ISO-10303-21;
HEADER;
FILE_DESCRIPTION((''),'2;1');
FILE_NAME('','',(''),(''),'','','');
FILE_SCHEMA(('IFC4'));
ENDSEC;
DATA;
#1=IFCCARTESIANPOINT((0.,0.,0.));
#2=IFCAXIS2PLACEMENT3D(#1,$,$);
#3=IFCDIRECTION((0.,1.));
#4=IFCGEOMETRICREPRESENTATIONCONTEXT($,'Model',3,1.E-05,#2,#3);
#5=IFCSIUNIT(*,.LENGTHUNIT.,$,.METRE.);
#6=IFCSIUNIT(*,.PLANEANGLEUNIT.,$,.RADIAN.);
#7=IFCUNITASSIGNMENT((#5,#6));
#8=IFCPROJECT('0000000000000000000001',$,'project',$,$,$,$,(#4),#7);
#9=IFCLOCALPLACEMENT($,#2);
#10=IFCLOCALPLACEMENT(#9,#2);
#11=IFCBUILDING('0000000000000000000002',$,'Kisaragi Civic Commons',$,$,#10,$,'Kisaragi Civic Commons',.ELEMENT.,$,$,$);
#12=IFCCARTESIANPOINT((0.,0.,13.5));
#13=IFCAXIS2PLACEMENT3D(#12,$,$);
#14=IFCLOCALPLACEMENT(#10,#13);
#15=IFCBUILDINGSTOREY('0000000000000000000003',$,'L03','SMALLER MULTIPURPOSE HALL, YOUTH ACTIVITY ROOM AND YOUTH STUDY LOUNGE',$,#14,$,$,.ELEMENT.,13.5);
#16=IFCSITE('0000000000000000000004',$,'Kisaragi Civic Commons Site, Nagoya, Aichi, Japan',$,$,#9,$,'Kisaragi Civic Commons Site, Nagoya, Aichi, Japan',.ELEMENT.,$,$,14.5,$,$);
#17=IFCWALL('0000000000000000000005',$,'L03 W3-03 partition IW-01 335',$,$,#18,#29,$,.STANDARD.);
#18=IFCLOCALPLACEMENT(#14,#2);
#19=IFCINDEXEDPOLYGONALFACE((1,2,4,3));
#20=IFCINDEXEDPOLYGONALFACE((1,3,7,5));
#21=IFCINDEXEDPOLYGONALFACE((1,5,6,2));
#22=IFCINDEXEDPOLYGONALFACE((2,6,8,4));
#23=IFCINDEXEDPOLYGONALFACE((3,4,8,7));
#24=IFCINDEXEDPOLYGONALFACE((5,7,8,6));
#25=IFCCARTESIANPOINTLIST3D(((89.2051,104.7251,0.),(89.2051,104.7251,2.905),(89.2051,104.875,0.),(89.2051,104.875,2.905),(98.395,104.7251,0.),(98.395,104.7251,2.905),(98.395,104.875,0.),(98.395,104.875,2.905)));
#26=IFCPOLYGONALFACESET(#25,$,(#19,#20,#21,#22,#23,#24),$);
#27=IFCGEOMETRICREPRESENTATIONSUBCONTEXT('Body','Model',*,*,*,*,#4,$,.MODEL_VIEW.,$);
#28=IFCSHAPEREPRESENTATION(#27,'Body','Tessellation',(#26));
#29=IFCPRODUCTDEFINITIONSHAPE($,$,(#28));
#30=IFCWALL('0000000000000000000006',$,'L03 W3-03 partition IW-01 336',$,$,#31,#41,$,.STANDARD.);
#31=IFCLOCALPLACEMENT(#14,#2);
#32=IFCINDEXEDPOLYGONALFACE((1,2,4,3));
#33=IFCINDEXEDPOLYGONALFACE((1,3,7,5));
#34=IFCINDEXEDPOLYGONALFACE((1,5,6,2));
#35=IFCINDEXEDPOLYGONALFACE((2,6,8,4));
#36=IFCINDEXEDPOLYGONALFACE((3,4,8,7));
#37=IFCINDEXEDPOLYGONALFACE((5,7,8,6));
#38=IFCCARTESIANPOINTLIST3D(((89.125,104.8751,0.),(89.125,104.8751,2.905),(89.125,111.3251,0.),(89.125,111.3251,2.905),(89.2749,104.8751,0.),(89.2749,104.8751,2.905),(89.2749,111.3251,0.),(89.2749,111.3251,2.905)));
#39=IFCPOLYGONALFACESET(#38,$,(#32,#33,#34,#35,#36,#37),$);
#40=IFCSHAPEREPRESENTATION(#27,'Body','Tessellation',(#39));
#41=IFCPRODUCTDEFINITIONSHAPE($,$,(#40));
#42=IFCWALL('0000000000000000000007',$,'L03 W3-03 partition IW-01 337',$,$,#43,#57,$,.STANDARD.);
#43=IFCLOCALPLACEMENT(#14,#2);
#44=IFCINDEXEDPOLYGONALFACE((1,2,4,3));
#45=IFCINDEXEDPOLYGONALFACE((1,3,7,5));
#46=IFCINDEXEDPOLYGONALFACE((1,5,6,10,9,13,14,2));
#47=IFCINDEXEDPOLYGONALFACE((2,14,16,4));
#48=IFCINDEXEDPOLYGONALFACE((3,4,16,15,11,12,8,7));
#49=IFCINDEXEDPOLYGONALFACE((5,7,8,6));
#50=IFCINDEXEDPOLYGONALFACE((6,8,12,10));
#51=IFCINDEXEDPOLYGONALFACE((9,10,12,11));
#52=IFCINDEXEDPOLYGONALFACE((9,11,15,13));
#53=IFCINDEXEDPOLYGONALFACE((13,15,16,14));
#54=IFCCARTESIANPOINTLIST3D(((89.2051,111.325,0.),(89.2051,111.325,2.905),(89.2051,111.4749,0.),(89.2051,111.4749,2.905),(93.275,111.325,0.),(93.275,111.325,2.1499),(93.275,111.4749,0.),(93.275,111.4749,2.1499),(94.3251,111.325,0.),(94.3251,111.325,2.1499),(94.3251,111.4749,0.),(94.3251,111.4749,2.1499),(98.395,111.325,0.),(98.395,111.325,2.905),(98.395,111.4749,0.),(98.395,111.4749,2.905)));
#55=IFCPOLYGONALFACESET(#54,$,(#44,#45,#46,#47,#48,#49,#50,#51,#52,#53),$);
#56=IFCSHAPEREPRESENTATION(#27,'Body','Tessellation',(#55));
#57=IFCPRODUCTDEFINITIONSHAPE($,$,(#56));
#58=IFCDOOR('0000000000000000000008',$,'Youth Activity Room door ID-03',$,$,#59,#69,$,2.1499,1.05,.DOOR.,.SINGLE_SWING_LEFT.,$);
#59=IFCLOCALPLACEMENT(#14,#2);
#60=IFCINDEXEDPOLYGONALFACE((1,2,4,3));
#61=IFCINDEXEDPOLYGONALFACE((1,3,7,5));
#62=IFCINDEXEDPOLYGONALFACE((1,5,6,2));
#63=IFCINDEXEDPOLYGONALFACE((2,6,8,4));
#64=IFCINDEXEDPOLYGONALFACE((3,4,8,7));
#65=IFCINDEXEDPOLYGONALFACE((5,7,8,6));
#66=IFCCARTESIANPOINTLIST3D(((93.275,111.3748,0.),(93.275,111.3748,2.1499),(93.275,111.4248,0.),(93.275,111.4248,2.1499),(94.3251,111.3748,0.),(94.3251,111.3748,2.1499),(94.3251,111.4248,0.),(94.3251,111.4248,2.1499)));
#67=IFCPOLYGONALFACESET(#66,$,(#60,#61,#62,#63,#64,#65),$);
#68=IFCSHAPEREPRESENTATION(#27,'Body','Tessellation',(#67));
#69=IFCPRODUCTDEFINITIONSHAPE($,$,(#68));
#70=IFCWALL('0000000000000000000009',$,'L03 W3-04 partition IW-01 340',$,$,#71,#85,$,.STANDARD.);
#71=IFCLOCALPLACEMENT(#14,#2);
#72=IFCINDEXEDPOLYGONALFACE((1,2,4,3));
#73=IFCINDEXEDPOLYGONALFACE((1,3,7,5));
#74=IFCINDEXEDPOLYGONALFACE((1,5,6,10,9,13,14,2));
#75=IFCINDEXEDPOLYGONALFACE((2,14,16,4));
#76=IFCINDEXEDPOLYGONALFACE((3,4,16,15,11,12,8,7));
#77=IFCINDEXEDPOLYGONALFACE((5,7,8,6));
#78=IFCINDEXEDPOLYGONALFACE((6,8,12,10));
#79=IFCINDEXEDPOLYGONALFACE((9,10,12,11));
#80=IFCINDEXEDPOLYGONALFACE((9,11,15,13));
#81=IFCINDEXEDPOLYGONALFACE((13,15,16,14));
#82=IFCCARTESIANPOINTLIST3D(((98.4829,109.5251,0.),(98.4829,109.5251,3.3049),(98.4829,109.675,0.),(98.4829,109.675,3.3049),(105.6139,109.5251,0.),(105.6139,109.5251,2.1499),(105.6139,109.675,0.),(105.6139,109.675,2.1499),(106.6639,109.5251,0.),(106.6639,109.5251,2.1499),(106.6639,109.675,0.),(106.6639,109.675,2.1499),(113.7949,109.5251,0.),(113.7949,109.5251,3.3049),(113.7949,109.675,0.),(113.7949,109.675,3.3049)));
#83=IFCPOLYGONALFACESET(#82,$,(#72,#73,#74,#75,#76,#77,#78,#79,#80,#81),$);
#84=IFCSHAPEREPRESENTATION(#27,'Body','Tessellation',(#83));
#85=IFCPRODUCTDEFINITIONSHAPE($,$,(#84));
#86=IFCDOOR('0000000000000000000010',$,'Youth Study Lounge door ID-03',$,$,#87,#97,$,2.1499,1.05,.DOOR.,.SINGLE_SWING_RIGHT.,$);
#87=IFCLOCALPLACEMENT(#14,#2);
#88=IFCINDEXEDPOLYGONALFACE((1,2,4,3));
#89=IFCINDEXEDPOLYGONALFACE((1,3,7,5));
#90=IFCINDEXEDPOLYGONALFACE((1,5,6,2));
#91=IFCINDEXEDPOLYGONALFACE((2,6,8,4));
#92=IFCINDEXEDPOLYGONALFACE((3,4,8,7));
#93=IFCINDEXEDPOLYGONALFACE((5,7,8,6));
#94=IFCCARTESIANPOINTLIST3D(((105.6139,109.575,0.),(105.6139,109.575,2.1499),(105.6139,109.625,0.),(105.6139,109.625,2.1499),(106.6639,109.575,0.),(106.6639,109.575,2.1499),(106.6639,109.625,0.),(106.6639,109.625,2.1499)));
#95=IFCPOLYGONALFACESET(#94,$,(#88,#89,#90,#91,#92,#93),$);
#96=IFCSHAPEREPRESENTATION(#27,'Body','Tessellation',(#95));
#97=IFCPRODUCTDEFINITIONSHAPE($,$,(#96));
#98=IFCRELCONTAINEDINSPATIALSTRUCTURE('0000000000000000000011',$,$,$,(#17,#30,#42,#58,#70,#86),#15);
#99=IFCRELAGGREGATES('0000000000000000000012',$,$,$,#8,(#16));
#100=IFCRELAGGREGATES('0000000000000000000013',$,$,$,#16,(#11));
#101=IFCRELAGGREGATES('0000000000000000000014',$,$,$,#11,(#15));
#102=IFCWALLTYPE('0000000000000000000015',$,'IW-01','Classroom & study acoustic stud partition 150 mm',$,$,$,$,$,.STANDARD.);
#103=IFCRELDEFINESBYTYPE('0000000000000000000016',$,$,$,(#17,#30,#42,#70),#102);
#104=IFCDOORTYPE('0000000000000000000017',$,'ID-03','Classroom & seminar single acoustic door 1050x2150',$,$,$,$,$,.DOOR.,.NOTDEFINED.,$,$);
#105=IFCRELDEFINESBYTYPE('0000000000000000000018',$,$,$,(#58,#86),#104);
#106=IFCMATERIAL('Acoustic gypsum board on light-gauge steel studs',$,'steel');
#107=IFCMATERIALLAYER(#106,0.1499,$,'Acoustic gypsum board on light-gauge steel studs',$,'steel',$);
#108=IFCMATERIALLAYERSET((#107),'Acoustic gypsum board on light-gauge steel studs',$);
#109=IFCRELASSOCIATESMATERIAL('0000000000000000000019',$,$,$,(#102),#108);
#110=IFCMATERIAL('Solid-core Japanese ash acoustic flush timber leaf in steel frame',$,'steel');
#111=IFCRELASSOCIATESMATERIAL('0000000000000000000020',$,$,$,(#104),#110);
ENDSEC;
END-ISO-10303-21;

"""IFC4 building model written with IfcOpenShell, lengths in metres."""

from ifc_helpers import new_model, si_unit, direction, frame, frame_2d, origin, place, context, subcontext, project, spatial, rectangle, extrude, material, layer, layer_set, type_object, element, fill, save


model = new_model("IFC4")

# Units and contexts
model_context = context("Model", 3, precision=1e-05, world=origin(), true_north=direction((0.0, 1.0)))
body_context = subcontext(model_context, "Body", "Model", "MODEL_VIEW")
ifc_project = project(units=[si_unit("LENGTHUNIT", "METRE"), si_unit("PLANEANGLEUNIT", "RADIAN")], contexts=[model_context])

# Site, building, storey
site_placement = place(None, origin())
site = spatial("IfcSite", under=ifc_project, at=site_placement, Name="Kisaragi Civic Commons Site, Nagoya, Aichi, Japan", LongName="Kisaragi Civic Commons Site, Nagoya, Aichi, Japan", CompositionType="ELEMENT", RefElevation=14.5)
building_placement = place(site_placement, origin())
building = spatial("IfcBuilding", under=site, at=building_placement, Name="Kisaragi Civic Commons", LongName="Kisaragi Civic Commons", CompositionType="ELEMENT")
storey_placement = place(building_placement, frame((0.0, 0.0, 13.5)))
storey = spatial("IfcBuildingStorey", under=building, at=storey_placement, Name="L03", Description="SMALLER MULTIPURPOSE HALL, YOUTH ACTIVITY ROOM AND YOUTH STUDY LOUNGE", CompositionType="ELEMENT", Elevation=13.5)

# Walls
ifc_material_1 = material(Name="Acoustic gypsum board on light-gauge steel studs", Category="steel")
ifc_layer_1 = layer(ifc_material_1, 0.1499, Name="Acoustic gypsum board on light-gauge steel studs", Category="steel")
ifc_layer_set_1 = layer_set([ifc_layer_1], Name="Acoustic gypsum board on light-gauge steel studs")
wall_type_1 = type_object("IfcWallType", Name="IW-01", Description="Classroom & study acoustic stud partition 150 mm", PredefinedType="STANDARD", material=ifc_layer_set_1)
wall_1_placement = place(storey_placement, frame((98.395, 104.8, 0.0), z_axis=(0.0, 0.0, 1.0), x_axis=(-1.0, 0.0, 0.0)))
element("IfcWall", 1, at=wall_1_placement, inside=storey, type_object=wall_type_1, Name="L03 W3-03 partition IW-01 335", PredefinedType="STANDARD", context=body_context, shape_type="SweptSolid", body=[
    extrude(rectangle(XDim=9.1899, YDim=0.1499, at=frame_2d((4.595, 0.0))), origin(), (0.0, 0.0, 1.0), 2.905),
])
wall_2_placement = place(storey_placement, frame((89.2, 104.875, 0.0), z_axis=(0.0, 0.0, 1.0), x_axis=(0.0, 1.0, 0.0)))
element("IfcWall", 2, at=wall_2_placement, inside=storey, type_object=wall_type_1, Name="L03 W3-03 partition IW-01 336", PredefinedType="STANDARD", context=body_context, shape_type="SweptSolid", body=[
    extrude(rectangle(XDim=6.45, YDim=0.1499, at=frame_2d((3.2251, 0.0))), origin(), (0.0, 0.0, 1.0), 2.905),
])

# Walls, openings, doors
wall_3_placement = place(storey_placement, frame((89.2051, 111.3999, 0.0), z_axis=(0.0, 0.0, 1.0), x_axis=(1.0, 0.0, 0.0)))
wall_3 = element("IfcWall", 3, at=wall_3_placement, inside=storey, type_object=wall_type_1, Name="L03 W3-03 partition IW-01 337", PredefinedType="STANDARD", context=body_context, shape_type="SweptSolid", body=[
    extrude(rectangle(XDim=9.1899, YDim=0.1499, at=frame_2d((4.595, 0.0))), origin(), (0.0, 0.0, 1.0), 2.905),
])
opening_1_placement = place(wall_3_placement, frame((4.0701, 0.0, 0.0)))
opening_1 = element("IfcOpeningElement", 4, at=opening_1_placement, cuts=wall_3, PredefinedType="OPENING", context=body_context, shape_type="SweptSolid", body=[
    extrude(rectangle(XDim=1.05, YDim=2.1499, at=frame_2d((0.5249, 1.075))), frame((0.0, 0.085, 0.0), z_axis=(0.0, -1.0, 0.0), x_axis=(1.0, 0.0, 0.0)), (0.0, 0.0, 1.0), 0.1699),
])
ifc_material_2 = material(Name="Solid-core Japanese ash acoustic flush timber leaf in steel frame", Category="steel")
door_type = type_object("IfcDoorType", Name="ID-03", Description="Classroom & seminar single acoustic door 1050x2150", OperationType="NOTDEFINED", PredefinedType="DOOR", material=ifc_material_2)
door_1_placement = place(opening_1_placement, origin())
door_1 = element("IfcDoor", 5, at=door_1_placement, inside=storey, type_object=door_type, Name="Youth Activity Room door ID-03", OperationType="SINGLE_SWING_LEFT", OverallHeight=2.1499, OverallWidth=1.05, PredefinedType="DOOR", context=body_context, shape_type="SweptSolid", body=[
    extrude(rectangle(XDim=1.05, YDim=2.1499, at=frame_2d((0.5249, 1.075))), frame((0.0, 0.0249, 0.0), z_axis=(0.0, -1.0, 0.0), x_axis=(1.0, 0.0, 0.0)), (0.0, 0.0, 1.0), 0.05),
])
fill(opening_1, door_1)
wall_4_placement = place(storey_placement, frame((98.4829, 109.6001, 0.0), z_axis=(0.0, 0.0, 1.0), x_axis=(1.0, 0.0, 0.0)))
wall_4 = element("IfcWall", 6, at=wall_4_placement, inside=storey, type_object=wall_type_1, Name="L03 W3-04 partition IW-01 340", PredefinedType="STANDARD", context=body_context, shape_type="SweptSolid", body=[
    extrude(rectangle(XDim=15.312, YDim=0.1499, at=frame_2d((7.656, 0.0))), origin(), (0.0, 0.0, 1.0), 3.3049),
])
opening_2_placement = place(wall_4_placement, frame((7.1311, 0.0, 0.0)))
opening_2 = element("IfcOpeningElement", 7, at=opening_2_placement, cuts=wall_4, PredefinedType="OPENING", context=body_context, shape_type="SweptSolid", body=[
    extrude(rectangle(XDim=1.05, YDim=2.1499, at=frame_2d((0.5249, 1.075))), frame((0.0, 0.085, 0.0), z_axis=(0.0, -1.0, 0.0), x_axis=(1.0, 0.0, 0.0)), (0.0, 0.0, 1.0), 0.1699),
])
door_2_placement = place(opening_2_placement, origin())
door_2 = element("IfcDoor", 8, at=door_2_placement, inside=storey, type_object=door_type, Name="Youth Study Lounge door ID-03", OperationType="SINGLE_SWING_RIGHT", OverallHeight=2.1499, OverallWidth=1.05, PredefinedType="DOOR", context=body_context, shape_type="SweptSolid", body=[
    extrude(rectangle(XDim=1.05, YDim=2.1499, at=frame_2d((0.5249, 1.075))), frame((0.0, 0.0249, 0.0), z_axis=(0.0, -1.0, 0.0), x_axis=(1.0, 0.0, 0.0)), (0.0, 0.0, 1.0), 0.05),
])
fill(opening_2, door_2)

save(model, "model.ifc")
